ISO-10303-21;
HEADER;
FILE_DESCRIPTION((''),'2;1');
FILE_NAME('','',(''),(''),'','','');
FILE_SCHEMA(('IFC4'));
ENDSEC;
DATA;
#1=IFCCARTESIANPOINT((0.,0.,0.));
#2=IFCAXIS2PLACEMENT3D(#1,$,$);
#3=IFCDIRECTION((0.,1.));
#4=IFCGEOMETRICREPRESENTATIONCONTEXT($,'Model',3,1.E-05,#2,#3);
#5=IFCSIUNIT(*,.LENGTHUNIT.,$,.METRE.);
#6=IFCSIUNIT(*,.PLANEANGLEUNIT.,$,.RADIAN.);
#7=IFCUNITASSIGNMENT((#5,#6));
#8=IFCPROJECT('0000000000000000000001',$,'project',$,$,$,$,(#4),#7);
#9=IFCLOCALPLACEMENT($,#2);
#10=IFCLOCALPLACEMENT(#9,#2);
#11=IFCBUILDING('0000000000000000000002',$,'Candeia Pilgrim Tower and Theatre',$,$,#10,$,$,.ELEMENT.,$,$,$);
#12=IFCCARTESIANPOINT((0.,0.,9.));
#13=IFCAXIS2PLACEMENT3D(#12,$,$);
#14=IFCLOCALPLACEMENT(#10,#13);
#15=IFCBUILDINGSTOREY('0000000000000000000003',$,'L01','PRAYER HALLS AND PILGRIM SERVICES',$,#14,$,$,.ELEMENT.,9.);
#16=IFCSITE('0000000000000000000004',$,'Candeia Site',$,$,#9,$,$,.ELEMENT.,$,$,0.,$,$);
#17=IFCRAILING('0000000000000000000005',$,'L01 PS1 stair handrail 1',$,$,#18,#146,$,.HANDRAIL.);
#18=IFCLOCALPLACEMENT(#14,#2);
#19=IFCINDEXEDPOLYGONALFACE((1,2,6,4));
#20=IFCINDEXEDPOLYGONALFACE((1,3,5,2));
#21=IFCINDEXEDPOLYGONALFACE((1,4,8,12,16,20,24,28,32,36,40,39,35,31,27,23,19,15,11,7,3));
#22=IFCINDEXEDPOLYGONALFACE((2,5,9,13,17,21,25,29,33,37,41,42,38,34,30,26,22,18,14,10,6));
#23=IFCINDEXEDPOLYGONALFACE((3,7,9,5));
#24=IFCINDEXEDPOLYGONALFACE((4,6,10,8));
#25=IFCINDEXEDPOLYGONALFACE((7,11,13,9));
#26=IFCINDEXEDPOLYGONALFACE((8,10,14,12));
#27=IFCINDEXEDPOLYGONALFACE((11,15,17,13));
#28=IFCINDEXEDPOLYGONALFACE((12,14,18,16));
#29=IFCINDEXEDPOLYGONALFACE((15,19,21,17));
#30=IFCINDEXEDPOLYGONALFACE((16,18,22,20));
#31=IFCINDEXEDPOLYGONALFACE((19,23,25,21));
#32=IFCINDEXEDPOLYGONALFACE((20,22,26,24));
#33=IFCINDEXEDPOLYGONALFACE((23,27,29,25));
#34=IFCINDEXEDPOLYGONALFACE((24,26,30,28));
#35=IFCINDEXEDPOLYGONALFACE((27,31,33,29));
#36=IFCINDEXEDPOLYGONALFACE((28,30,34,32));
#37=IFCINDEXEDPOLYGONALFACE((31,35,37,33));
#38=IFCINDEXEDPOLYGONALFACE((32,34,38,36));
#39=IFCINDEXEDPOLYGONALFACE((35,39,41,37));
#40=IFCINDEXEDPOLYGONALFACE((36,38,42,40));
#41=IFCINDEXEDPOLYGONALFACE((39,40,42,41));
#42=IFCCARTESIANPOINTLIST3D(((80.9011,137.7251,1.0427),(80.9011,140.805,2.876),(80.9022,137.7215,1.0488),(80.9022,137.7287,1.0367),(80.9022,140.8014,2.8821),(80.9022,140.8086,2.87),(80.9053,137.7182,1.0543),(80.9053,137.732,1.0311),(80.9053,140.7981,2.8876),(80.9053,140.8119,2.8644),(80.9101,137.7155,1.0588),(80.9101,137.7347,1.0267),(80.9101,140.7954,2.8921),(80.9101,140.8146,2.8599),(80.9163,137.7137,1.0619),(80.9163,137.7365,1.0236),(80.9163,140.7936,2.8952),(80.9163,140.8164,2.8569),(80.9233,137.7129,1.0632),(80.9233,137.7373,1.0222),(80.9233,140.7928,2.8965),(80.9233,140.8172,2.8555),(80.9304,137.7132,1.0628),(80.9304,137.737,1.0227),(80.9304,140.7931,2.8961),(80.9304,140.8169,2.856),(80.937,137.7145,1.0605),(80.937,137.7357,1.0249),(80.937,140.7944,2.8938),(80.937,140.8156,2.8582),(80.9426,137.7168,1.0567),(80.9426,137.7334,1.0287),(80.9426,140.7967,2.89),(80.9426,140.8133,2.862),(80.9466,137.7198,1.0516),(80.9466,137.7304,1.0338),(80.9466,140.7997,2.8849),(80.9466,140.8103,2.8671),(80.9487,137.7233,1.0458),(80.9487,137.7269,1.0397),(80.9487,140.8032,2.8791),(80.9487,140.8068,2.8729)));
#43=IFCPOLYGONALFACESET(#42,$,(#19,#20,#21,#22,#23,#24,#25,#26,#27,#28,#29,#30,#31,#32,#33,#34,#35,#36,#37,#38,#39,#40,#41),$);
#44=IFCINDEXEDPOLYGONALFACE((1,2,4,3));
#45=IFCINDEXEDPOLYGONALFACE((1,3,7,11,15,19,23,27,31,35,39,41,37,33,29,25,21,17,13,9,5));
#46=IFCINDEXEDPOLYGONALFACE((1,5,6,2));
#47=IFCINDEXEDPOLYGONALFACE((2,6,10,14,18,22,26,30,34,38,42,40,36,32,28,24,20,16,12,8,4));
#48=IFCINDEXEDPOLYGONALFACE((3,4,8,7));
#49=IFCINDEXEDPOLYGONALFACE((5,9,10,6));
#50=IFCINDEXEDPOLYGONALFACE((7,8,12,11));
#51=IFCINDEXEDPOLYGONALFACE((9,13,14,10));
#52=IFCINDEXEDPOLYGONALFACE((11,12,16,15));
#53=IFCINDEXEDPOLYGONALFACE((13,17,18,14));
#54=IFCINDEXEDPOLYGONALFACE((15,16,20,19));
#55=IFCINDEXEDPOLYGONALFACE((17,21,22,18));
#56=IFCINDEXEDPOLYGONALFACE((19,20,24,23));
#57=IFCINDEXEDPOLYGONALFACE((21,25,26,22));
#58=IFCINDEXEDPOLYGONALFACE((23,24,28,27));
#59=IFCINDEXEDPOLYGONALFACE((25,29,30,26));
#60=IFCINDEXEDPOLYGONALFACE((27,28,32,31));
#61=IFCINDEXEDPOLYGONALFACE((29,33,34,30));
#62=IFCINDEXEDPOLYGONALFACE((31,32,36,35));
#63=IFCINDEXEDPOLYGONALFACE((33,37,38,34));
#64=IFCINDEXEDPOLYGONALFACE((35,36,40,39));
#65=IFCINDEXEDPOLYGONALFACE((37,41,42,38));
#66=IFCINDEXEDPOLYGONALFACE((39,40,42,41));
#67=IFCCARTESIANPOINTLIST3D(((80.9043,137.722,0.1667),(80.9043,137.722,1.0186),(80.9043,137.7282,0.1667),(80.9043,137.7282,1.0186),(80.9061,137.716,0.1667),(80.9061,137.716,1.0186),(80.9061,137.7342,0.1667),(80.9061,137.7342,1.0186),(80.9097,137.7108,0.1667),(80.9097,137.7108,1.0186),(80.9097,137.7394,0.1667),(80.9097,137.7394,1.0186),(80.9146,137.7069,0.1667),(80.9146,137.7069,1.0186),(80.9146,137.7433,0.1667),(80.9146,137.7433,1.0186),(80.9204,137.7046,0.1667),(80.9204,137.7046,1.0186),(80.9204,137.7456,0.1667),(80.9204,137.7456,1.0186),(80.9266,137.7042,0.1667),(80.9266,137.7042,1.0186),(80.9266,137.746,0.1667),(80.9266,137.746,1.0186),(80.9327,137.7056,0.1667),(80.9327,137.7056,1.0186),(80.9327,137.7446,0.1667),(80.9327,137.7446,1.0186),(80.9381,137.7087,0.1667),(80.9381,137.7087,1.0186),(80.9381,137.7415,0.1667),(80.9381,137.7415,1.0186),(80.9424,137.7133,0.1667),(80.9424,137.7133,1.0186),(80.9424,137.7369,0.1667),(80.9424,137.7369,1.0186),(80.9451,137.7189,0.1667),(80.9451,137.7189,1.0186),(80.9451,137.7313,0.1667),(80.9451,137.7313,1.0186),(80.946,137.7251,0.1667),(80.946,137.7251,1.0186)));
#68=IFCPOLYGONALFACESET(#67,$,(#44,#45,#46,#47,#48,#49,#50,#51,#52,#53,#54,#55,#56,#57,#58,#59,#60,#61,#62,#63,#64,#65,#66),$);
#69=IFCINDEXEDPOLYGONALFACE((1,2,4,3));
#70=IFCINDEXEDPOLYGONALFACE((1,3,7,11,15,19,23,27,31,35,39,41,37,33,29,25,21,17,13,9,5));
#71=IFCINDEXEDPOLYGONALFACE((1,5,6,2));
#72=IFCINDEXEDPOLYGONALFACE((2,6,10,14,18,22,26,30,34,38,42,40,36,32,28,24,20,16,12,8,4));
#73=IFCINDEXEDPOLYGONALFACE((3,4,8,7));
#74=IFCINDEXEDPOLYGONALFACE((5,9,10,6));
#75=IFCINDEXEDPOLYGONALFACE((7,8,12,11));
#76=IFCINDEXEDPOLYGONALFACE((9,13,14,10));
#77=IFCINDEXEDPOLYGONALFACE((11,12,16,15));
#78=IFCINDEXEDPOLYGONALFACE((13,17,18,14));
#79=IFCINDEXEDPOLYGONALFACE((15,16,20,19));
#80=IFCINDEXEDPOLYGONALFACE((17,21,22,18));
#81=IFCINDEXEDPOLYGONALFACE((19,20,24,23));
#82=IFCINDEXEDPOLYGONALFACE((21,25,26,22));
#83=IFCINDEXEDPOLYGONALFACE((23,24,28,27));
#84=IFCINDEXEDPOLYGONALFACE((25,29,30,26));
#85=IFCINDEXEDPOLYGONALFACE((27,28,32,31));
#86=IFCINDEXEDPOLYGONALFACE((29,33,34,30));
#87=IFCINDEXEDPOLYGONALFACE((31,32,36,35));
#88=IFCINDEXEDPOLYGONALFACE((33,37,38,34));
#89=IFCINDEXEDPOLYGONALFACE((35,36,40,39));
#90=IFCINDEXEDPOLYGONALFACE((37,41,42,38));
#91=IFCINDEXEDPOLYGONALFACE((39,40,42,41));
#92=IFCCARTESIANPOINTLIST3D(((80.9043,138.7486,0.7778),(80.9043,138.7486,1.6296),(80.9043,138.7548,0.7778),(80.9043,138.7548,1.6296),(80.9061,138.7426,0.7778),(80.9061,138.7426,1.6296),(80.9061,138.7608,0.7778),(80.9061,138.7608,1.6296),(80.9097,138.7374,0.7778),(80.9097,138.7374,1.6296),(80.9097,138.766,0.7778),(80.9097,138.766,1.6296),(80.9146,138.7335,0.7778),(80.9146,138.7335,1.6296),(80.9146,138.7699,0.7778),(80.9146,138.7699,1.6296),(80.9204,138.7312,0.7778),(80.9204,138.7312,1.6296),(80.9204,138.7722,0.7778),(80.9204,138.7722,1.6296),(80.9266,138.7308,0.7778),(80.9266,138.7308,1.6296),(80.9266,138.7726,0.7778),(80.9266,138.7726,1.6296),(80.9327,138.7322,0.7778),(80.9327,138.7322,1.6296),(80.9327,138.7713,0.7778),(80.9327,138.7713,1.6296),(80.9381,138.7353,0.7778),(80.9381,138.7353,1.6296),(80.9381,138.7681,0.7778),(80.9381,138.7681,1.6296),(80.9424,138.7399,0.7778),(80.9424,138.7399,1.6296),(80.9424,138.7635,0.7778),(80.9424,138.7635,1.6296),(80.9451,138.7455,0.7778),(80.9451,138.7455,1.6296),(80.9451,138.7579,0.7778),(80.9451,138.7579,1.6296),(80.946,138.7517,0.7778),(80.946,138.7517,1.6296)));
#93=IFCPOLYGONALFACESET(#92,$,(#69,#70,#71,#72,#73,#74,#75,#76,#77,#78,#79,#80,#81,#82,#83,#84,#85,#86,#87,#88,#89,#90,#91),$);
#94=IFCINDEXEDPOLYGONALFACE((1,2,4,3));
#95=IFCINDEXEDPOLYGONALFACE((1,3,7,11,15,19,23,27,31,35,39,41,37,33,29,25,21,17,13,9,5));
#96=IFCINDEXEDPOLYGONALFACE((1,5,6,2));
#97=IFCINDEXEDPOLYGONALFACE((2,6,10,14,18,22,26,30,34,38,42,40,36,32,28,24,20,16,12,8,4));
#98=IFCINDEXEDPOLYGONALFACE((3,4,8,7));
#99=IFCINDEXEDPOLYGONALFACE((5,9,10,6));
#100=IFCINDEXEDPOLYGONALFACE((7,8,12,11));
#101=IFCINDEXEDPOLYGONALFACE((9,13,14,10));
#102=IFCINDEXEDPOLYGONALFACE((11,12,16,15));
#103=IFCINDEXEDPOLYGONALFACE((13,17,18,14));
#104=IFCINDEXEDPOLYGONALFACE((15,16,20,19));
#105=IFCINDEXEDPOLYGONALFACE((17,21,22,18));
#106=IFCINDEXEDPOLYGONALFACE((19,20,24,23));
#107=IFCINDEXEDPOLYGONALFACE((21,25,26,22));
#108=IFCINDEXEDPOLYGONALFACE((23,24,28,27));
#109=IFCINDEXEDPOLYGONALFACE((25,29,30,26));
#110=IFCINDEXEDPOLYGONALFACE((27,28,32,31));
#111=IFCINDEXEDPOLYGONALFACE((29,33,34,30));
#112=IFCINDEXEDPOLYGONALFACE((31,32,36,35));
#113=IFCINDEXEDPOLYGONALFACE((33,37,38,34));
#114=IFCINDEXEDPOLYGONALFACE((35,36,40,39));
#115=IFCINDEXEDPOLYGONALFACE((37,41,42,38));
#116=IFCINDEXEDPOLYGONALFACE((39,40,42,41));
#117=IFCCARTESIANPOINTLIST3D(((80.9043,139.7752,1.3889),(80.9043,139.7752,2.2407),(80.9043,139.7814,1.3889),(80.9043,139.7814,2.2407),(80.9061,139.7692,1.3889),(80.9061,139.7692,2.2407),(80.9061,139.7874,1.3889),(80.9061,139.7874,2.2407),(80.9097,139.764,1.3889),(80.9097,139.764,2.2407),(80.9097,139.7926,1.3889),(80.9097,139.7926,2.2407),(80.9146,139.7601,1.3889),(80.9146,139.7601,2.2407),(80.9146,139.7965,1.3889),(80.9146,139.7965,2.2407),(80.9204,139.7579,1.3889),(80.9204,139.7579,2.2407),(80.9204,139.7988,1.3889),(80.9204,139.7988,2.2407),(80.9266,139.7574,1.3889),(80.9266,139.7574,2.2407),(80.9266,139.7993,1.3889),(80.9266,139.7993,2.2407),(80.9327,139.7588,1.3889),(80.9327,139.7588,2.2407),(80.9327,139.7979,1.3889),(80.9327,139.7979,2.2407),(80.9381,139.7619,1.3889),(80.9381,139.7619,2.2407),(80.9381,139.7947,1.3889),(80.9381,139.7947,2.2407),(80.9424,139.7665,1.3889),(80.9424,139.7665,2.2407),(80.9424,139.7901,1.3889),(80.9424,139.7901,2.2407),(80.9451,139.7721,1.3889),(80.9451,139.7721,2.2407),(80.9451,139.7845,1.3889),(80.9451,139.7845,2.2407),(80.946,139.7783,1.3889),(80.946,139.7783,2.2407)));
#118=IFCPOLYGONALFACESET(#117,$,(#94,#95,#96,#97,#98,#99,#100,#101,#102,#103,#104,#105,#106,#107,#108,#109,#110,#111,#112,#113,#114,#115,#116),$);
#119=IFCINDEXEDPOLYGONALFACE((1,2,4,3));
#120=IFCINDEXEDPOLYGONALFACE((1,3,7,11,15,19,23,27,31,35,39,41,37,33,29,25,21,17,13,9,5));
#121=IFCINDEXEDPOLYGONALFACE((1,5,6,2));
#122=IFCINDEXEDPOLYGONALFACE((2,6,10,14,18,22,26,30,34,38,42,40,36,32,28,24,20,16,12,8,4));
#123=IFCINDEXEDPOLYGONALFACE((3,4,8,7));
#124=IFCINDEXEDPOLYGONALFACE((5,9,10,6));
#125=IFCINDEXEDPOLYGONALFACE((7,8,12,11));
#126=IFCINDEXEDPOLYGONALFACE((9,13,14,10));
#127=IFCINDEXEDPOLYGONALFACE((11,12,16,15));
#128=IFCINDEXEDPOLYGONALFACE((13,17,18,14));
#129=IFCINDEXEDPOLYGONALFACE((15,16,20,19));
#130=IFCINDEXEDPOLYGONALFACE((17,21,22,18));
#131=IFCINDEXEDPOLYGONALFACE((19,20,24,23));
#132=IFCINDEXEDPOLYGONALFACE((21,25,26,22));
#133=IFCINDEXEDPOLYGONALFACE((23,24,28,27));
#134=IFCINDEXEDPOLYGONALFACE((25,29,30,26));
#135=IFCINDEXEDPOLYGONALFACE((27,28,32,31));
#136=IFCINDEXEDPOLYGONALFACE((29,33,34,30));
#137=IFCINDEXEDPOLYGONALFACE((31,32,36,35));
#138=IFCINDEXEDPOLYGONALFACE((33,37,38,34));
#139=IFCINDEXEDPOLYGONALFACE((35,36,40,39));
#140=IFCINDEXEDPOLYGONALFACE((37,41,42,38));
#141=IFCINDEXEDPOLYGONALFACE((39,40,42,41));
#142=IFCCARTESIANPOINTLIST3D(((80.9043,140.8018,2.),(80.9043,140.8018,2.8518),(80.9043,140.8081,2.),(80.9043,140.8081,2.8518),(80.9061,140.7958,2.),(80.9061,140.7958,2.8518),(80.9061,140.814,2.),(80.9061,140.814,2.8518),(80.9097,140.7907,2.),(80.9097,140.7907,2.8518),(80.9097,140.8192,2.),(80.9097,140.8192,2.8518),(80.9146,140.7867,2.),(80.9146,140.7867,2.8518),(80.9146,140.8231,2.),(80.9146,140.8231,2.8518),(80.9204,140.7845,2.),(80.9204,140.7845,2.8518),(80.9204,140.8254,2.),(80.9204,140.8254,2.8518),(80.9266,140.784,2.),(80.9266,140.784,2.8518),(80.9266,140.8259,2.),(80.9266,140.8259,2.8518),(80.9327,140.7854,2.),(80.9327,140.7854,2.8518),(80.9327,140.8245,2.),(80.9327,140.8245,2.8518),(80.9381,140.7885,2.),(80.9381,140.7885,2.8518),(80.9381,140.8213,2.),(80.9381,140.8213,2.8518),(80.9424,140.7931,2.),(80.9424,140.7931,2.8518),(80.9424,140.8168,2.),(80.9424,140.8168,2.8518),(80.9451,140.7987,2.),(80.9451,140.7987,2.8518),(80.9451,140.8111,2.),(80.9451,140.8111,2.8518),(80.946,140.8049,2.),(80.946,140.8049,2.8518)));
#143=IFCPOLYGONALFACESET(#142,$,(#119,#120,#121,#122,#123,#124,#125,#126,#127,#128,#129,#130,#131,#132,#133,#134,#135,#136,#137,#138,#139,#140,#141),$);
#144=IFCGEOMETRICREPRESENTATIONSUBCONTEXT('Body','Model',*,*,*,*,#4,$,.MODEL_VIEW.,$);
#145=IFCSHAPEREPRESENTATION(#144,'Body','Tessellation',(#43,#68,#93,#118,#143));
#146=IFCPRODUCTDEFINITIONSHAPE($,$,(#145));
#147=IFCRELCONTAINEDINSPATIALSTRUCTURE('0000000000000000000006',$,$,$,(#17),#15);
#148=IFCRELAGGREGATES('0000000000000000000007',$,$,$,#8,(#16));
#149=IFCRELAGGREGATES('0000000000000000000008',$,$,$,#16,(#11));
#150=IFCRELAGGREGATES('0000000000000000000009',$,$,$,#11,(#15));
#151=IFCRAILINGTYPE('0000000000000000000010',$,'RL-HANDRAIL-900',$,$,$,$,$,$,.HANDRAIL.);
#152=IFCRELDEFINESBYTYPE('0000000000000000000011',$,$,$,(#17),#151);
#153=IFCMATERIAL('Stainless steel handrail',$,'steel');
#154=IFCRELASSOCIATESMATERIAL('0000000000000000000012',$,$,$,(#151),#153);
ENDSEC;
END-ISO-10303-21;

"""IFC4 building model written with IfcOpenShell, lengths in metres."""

from ifc_helpers import new_model, si_unit, direction, frame, origin, origin_2d, place, context, subcontext, project, spatial, circle, extrude, material, type_object, element, save


model = new_model("IFC4")

# Units and contexts
model_context = context("Model", 3, precision=1e-05, world=origin(), true_north=direction((0.0, 1.0)))
body_context = subcontext(model_context, "Body", "Model", "MODEL_VIEW")
ifc_project = project(units=[si_unit("LENGTHUNIT", "METRE"), si_unit("PLANEANGLEUNIT", "RADIAN")], contexts=[model_context])

# Site, building, storey
site_placement = place(None, origin())
site = spatial("IfcSite", under=ifc_project, at=site_placement, Name="Candeia Site", CompositionType="ELEMENT", RefElevation=0.0)
building_placement = place(site_placement, origin())
building = spatial("IfcBuilding", under=site, at=building_placement, Name="Candeia Pilgrim Tower and Theatre", CompositionType="ELEMENT")
storey_placement = place(building_placement, frame((0.0, 0.0, 9.0)))
storey = spatial("IfcBuildingStorey", under=building, at=storey_placement, Name="L01", Description="PRAYER HALLS AND PILGRIM SERVICES", CompositionType="ELEMENT", Elevation=9.0)

# Railing
ifc_material_1 = material(Name="Stainless steel handrail", Category="steel")
railing_type_1 = type_object("IfcRailingType", Name="RL-HANDRAIL-900", PredefinedType="HANDRAIL", material=ifc_material_1)
for number, where, name in (
    (1, (80.925, 137.7251, 0.1667), "L01 PS1 stair handrail 1"),
):
    element("IfcRailing", number, at=place(storey_placement, frame(where)), inside=storey, type_object=railing_type_1, Name=name, PredefinedType="HANDRAIL", context=body_context, shape_type="SweptSolid", body=[
        extrude(circle(Radius=0.0239, at=origin_2d()), frame((0.0, 0.0, 0.876), z_axis=(0.0, 0.859291, 0.511487), x_axis=(-1.0, 0.0, 0.0)), (0.0, 0.0, 1.0), 3.5842),
        extrude(circle(Radius=0.021, at=origin_2d()), origin(), (0.0, 0.0, 1.0), 0.8518),
        extrude(circle(Radius=0.021, at=origin_2d()), frame((0.0, 1.0266, 0.6111)), (0.0, 0.0, 1.0), 0.8518),
        extrude(circle(Radius=0.021, at=origin_2d()), frame((0.0, 2.0532, 1.2222)), (0.0, 0.0, 1.0), 0.8518),
        extrude(circle(Radius=0.021, at=origin_2d()), frame((0.0, 3.0798, 1.8333)), (0.0, 0.0, 1.0), 0.8518),
    ])

save(model, "model.ifc")
